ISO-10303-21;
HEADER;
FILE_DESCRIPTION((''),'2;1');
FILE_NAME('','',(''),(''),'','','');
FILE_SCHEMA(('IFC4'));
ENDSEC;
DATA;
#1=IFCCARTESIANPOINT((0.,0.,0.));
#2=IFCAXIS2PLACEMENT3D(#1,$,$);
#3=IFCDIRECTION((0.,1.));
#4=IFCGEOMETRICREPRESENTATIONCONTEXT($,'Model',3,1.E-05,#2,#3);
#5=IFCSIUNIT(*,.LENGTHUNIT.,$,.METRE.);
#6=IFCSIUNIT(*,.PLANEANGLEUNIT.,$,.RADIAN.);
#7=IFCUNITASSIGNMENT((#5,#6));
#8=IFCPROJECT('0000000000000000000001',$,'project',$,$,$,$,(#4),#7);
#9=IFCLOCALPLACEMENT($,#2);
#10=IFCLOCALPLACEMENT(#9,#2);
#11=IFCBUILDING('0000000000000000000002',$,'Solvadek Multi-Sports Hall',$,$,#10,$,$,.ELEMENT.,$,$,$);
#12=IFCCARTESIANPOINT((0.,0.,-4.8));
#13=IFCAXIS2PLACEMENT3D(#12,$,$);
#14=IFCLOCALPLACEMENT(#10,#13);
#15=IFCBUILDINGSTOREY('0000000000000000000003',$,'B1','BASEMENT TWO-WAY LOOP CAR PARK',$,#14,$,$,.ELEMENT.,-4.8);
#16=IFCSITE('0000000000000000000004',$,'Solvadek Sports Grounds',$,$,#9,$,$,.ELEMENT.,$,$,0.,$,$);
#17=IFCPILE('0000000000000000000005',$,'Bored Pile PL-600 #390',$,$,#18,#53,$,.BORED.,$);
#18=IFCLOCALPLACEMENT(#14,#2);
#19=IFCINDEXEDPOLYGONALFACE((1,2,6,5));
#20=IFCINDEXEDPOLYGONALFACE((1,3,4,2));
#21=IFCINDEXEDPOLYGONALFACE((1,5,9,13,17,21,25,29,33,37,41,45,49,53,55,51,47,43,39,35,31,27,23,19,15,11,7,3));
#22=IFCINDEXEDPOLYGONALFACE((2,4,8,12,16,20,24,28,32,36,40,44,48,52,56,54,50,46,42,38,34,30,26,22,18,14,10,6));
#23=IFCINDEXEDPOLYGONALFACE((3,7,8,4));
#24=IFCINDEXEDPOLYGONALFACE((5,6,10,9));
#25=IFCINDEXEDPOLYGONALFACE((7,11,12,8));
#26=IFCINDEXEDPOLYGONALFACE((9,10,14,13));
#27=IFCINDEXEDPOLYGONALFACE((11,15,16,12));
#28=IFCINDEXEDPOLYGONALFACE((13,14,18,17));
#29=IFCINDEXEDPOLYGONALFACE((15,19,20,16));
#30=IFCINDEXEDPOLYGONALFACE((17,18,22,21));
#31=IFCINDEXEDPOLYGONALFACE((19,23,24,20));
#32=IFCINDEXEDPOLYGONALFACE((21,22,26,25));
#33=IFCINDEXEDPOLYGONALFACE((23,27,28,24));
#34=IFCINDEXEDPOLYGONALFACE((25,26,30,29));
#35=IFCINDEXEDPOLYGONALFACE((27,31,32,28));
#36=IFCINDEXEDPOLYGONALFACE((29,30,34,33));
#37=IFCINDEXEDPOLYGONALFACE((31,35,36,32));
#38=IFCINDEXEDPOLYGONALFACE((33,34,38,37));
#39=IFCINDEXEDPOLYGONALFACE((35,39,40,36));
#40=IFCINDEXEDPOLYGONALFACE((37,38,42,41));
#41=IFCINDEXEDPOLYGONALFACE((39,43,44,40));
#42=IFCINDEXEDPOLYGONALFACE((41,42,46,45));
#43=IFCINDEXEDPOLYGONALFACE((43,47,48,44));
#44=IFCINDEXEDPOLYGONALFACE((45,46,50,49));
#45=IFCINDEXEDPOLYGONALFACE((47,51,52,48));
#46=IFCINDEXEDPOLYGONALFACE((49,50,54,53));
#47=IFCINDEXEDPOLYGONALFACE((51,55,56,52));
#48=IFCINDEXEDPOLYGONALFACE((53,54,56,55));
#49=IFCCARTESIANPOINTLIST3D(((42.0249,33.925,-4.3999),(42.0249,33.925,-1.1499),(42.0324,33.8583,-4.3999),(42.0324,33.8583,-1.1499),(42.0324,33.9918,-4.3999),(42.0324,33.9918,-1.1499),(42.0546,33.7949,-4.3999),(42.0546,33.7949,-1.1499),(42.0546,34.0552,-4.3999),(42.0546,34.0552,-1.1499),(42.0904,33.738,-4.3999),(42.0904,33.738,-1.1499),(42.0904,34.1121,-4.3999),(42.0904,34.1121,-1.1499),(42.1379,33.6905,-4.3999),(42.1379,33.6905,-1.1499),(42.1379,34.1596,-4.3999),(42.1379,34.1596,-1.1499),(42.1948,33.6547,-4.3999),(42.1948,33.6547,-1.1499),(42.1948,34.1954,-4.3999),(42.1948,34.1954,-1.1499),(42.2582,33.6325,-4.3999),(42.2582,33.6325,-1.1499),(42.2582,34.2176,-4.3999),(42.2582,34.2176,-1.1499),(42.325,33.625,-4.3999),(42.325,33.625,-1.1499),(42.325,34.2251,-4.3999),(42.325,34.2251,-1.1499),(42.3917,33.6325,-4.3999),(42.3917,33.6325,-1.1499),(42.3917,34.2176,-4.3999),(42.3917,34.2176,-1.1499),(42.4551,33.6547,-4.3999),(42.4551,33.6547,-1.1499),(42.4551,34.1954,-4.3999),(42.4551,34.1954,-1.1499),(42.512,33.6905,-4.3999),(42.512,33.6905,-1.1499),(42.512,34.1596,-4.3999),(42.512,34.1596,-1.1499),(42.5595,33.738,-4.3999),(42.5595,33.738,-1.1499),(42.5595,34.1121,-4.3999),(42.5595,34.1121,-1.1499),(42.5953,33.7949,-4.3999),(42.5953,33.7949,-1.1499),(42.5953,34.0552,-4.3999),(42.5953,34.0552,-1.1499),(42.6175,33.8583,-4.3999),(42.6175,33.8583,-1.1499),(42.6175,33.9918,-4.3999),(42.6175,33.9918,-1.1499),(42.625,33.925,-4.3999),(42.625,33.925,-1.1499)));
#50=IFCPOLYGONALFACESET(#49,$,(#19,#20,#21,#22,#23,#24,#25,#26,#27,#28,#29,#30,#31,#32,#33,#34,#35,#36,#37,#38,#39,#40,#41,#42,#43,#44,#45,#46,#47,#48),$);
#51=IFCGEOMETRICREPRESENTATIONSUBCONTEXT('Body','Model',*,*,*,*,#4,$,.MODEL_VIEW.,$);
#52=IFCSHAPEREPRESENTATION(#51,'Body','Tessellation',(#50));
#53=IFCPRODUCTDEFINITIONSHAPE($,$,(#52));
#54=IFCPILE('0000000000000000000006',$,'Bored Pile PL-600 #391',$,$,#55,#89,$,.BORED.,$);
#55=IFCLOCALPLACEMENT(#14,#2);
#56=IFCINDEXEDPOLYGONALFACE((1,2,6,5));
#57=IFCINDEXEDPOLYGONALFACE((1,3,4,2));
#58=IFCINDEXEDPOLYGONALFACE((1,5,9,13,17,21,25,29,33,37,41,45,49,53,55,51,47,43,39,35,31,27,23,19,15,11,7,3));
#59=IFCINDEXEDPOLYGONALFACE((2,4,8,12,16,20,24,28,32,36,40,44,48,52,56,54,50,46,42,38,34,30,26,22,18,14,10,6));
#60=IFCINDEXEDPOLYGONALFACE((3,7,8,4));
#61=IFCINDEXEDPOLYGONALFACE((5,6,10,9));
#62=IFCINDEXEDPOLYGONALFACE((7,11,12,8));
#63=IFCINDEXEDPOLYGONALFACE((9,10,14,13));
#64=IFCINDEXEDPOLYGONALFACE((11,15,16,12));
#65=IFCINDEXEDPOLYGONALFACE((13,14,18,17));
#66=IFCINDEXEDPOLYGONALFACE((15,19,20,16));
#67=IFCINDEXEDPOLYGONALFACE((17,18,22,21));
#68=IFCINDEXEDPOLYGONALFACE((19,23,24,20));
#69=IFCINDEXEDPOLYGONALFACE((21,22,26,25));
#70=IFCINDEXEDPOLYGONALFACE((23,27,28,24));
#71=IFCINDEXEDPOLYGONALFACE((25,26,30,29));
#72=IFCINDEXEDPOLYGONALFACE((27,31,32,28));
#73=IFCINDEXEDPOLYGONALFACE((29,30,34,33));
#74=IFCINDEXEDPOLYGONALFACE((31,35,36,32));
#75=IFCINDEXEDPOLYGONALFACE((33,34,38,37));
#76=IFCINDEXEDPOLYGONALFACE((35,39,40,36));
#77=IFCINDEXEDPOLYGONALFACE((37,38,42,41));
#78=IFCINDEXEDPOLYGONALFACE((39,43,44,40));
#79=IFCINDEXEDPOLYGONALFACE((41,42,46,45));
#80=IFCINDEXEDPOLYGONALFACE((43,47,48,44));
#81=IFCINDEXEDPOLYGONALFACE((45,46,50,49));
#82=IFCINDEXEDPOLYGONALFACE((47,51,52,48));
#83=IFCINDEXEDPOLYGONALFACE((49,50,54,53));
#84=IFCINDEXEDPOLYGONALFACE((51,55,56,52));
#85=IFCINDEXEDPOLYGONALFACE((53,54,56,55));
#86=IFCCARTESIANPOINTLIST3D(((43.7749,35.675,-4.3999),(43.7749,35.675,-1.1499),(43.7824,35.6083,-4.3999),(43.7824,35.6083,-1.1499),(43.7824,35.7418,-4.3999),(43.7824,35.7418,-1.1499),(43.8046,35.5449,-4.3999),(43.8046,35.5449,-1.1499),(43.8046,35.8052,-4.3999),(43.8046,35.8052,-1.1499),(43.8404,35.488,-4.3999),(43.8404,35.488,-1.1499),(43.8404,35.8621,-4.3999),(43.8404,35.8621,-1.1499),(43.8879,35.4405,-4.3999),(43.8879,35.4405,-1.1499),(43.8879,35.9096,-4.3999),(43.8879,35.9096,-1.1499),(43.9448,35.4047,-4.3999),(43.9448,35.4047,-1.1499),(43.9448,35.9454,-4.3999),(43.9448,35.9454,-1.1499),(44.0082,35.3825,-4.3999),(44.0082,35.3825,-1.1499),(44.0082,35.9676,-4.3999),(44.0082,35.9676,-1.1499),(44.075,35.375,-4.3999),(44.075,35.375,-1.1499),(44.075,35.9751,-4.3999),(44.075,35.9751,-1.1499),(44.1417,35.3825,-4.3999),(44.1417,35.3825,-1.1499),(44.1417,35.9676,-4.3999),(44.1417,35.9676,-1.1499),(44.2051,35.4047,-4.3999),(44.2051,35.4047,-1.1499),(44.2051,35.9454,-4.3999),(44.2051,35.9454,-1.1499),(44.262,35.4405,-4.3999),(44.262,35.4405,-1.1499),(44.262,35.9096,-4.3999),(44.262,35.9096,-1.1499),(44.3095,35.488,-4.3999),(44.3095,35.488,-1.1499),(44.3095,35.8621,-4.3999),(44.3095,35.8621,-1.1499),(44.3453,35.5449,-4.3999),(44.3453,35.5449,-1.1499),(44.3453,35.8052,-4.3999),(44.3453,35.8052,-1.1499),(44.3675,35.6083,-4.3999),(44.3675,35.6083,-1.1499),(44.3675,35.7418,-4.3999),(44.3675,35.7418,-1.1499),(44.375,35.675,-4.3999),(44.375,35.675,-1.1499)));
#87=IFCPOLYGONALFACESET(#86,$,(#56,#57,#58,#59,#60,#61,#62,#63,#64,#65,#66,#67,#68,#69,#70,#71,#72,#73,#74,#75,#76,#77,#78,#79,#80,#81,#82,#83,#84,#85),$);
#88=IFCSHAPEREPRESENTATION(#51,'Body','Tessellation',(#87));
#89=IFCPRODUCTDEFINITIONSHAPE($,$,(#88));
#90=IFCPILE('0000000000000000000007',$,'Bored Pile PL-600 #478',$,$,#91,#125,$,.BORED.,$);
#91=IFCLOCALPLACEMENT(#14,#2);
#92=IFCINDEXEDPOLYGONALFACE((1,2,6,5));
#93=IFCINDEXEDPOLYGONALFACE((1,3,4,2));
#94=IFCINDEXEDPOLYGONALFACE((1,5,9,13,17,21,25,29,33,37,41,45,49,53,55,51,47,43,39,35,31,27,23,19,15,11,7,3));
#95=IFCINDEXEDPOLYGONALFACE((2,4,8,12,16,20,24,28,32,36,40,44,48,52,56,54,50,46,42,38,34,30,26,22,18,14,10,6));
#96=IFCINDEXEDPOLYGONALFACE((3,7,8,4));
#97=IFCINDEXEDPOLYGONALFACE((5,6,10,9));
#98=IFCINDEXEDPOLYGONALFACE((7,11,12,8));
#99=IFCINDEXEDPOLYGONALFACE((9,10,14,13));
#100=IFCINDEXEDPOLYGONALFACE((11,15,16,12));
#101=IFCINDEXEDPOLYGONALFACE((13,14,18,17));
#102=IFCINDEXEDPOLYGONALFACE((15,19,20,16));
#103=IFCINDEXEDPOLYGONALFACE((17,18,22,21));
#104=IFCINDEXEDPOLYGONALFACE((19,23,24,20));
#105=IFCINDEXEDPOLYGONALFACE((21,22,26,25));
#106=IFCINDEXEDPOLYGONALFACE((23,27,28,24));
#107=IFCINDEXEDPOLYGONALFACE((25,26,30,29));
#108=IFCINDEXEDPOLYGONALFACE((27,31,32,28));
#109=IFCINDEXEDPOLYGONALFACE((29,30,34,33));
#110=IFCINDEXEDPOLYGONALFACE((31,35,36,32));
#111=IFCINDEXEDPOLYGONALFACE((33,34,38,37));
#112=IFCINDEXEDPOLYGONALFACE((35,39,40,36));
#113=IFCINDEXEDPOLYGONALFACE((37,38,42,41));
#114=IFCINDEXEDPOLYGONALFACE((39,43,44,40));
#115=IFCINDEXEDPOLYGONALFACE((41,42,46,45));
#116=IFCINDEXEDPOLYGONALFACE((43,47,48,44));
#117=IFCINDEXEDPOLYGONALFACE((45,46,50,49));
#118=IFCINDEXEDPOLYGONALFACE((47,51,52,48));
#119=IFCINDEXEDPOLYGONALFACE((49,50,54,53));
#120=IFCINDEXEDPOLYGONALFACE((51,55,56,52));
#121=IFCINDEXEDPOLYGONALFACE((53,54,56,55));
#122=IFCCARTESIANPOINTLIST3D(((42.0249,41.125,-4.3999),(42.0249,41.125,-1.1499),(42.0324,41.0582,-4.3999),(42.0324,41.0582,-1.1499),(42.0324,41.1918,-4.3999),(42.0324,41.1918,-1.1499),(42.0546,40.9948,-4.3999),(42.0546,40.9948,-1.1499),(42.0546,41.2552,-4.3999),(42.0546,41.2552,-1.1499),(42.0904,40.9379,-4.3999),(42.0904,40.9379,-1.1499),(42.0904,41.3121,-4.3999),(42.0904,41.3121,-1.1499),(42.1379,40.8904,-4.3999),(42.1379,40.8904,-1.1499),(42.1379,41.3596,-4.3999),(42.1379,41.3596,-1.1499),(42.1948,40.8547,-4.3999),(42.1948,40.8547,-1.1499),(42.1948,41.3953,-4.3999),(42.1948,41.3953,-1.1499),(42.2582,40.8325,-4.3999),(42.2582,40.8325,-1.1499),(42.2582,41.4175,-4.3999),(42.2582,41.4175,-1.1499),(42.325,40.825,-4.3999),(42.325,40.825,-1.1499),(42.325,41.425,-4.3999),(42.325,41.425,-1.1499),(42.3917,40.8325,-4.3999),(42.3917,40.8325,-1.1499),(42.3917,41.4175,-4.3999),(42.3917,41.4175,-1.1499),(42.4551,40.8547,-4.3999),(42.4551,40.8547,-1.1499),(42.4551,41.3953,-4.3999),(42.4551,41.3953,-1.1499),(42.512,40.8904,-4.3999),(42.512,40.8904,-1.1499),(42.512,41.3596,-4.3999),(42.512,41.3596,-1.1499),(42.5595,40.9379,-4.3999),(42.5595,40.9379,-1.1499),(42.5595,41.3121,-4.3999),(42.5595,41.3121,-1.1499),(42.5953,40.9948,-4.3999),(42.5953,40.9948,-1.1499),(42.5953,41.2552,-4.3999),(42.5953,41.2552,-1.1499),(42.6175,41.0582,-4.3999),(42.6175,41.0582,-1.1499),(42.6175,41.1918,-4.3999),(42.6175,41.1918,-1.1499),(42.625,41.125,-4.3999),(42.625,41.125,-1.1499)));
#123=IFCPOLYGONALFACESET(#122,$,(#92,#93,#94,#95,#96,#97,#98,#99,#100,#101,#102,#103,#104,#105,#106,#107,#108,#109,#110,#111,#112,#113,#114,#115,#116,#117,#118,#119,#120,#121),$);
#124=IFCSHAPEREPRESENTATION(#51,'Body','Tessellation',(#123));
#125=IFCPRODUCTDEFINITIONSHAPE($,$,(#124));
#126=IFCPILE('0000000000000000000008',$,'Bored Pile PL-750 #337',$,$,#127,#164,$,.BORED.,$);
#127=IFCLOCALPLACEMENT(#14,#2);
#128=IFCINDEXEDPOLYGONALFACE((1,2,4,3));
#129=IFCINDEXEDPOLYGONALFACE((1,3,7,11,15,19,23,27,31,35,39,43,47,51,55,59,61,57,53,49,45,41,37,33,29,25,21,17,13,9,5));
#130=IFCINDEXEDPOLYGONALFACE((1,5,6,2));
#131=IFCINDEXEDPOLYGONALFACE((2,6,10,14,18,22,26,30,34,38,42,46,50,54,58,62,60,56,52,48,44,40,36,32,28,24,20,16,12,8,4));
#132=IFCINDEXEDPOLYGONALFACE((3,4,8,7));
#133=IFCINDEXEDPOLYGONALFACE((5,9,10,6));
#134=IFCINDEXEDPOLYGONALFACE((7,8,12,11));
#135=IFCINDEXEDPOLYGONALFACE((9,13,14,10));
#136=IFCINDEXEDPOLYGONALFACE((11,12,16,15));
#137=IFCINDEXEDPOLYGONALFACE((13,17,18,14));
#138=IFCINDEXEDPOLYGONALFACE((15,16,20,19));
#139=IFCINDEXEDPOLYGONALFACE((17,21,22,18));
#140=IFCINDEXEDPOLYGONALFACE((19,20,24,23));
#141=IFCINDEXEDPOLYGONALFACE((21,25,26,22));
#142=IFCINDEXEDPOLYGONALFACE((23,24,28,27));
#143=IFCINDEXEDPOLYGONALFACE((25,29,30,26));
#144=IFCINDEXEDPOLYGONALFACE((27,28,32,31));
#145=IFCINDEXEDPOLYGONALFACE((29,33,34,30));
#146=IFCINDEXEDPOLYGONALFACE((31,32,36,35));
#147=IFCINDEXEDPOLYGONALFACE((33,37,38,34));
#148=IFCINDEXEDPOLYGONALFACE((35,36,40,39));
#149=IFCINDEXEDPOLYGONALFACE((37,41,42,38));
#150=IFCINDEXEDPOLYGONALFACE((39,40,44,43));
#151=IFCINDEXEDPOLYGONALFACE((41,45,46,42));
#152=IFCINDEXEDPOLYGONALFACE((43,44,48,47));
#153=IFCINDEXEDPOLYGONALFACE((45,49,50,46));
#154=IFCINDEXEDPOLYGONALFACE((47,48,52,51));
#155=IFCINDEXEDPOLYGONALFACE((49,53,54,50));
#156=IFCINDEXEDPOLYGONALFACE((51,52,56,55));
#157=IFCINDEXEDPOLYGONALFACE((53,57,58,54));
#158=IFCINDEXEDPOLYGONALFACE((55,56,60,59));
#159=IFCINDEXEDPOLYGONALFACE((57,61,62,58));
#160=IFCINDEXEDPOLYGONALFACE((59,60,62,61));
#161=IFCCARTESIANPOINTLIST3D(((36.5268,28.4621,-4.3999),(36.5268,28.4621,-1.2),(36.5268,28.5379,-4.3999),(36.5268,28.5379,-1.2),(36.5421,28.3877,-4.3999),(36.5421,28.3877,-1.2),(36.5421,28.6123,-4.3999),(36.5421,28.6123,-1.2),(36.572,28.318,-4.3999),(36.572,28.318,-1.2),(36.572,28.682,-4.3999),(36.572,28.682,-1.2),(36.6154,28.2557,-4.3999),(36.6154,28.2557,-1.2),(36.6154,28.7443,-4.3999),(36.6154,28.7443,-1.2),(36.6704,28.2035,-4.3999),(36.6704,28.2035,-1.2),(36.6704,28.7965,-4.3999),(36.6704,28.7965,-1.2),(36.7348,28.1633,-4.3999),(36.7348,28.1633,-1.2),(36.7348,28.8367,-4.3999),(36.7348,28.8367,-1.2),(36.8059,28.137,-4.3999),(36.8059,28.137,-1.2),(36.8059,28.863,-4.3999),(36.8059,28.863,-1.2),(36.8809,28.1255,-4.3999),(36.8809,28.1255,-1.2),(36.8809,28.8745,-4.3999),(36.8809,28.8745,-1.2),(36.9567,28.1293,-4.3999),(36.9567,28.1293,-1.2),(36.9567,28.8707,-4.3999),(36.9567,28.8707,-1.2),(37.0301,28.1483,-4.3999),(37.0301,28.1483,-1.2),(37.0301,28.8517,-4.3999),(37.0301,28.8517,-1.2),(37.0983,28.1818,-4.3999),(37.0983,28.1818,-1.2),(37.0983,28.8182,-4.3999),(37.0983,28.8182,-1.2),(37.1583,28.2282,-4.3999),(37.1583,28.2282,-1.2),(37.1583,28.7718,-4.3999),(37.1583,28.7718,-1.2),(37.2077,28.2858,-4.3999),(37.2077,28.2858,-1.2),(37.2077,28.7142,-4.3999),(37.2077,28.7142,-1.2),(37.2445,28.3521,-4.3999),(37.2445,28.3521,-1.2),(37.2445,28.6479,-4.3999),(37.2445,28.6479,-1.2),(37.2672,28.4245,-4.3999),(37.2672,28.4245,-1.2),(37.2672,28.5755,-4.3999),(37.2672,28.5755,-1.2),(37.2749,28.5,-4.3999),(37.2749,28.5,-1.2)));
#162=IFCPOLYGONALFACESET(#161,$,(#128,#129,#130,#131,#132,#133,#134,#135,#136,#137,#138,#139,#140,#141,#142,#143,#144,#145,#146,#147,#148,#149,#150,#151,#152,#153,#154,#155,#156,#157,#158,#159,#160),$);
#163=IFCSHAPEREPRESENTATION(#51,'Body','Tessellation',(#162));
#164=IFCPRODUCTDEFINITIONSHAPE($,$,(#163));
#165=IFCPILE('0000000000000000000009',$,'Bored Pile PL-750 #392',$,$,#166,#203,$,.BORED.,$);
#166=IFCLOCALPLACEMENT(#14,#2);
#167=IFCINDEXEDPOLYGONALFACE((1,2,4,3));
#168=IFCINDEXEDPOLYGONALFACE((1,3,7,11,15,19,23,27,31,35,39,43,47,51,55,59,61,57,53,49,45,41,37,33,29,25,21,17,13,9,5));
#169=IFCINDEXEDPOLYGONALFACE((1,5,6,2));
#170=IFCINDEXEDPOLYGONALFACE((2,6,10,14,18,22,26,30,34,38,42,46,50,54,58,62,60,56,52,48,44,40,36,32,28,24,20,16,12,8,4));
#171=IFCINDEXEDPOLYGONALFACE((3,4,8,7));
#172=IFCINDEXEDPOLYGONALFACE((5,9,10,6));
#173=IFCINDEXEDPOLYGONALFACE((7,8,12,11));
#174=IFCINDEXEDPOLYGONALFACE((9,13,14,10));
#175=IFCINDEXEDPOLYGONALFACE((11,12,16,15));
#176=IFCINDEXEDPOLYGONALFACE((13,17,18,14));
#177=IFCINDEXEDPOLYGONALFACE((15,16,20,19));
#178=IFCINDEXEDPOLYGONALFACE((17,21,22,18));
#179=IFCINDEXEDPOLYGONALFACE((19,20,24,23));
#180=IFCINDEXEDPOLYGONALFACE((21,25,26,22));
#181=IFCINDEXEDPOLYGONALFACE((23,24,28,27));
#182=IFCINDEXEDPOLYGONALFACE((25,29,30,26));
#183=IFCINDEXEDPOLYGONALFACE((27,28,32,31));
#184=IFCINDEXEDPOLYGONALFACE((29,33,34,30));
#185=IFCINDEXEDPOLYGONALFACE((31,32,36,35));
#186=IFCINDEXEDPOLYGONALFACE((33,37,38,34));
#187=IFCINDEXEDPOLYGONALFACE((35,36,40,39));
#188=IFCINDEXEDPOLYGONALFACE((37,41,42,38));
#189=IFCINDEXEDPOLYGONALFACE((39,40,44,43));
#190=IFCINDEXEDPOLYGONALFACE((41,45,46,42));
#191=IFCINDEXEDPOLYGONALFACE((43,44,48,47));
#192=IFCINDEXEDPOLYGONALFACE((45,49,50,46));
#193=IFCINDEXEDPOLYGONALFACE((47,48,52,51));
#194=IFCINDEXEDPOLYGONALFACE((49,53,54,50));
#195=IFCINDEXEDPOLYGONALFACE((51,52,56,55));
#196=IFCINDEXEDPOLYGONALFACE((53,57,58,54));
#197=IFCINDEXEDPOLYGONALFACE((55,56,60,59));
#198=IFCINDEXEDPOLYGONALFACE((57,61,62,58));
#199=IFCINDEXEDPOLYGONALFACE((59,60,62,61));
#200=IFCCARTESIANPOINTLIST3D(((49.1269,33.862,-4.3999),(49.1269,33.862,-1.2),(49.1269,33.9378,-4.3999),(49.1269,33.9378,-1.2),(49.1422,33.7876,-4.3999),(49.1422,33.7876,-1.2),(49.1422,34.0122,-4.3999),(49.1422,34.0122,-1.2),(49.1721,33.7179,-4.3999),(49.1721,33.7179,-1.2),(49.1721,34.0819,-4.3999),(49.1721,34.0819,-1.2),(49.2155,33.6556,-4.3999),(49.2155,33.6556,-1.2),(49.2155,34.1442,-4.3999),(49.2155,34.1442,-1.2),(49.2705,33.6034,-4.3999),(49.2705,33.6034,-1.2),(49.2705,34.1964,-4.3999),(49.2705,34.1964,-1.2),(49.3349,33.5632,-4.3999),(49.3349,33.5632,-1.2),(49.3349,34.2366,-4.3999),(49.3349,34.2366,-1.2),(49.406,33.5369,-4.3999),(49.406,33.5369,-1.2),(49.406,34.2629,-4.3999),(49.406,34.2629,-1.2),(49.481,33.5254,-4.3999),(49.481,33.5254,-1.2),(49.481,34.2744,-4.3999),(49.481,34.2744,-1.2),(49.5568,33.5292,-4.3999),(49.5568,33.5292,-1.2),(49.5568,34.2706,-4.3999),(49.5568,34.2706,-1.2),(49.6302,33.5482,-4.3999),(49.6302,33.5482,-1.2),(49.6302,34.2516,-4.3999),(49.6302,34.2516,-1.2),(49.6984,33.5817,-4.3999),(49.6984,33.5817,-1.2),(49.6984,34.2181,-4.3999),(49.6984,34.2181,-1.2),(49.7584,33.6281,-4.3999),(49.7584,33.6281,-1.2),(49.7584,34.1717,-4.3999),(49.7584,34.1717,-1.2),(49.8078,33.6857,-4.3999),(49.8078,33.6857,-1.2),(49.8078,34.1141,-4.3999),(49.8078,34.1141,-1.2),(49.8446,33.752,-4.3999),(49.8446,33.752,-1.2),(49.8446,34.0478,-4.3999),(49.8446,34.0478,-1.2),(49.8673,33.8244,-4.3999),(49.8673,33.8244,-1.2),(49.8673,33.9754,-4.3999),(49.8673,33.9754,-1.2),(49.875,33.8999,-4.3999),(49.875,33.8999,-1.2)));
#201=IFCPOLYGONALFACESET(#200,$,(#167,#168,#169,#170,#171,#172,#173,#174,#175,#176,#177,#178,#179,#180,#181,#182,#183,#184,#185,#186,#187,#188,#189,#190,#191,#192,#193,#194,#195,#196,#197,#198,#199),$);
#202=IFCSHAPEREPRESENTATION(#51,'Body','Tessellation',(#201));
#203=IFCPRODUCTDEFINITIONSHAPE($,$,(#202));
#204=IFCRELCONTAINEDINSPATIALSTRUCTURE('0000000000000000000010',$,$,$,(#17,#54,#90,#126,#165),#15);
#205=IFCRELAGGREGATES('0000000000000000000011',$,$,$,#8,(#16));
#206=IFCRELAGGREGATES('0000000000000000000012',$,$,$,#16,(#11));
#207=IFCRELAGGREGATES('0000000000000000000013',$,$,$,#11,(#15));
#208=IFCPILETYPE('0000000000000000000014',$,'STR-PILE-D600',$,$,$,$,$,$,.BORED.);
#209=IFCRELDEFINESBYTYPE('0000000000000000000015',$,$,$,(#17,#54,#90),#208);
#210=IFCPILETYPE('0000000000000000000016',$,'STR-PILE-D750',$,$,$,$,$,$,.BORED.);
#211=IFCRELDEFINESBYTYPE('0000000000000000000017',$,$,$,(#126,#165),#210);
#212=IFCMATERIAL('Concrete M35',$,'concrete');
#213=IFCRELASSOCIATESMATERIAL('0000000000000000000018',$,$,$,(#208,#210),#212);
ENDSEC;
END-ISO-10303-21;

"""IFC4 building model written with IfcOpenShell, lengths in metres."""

from ifc_helpers import new_model, si_unit, direction, frame, origin, origin_2d, place, context, subcontext, project, spatial, circle, extrude, material, material_profile, profile_set, type_object, element, save


model = new_model("IFC4")

# Units and contexts
model_context = context("Model", 3, precision=1e-05, world=origin(), true_north=direction((0.0, 1.0)))
body_context = subcontext(model_context, "Body", "Model", "MODEL_VIEW")
ifc_project = project(units=[si_unit("LENGTHUNIT", "METRE"), si_unit("PLANEANGLEUNIT", "RADIAN")], contexts=[model_context])

# Site, building, storey
site_placement = place(None, origin())
site = spatial("IfcSite", under=ifc_project, at=site_placement, Name="Solvadek Sports Grounds", CompositionType="ELEMENT", RefElevation=0.0)
building_placement = place(site_placement, origin())
building = spatial("IfcBuilding", under=site, at=building_placement, Name="Solvadek Multi-Sports Hall", CompositionType="ELEMENT")
storey_placement = place(building_placement, frame((0.0, 0.0, -4.8)))
storey = spatial("IfcBuildingStorey", under=building, at=storey_placement, Name="B1", Description="BASEMENT TWO-WAY LOOP CAR PARK", CompositionType="ELEMENT", Elevation=-4.8)

# Piles
ifc_material_1 = material(Name="Concrete M35", Category="concrete")
ifc_material_profile_1 = material_profile(ifc_material_1, circle(Radius=0.3, at=origin_2d()), Name="BORED PILE D600")
ifc_profile_set_1 = profile_set([ifc_material_profile_1], Name="Concrete M35")
pile_type_1 = type_object("IfcPileType", Name="STR-PILE-D600", PredefinedType="BORED", material=ifc_profile_set_1)
for number, where, z_axis, x_axis, name in (
    (1, (42.325, 33.925, -1.1499), (0.0, 0.0, -1.0), (1.0, 0.0, 0.0), "Bored Pile PL-600 #390"),
    (2, (44.075, 35.675, -1.1499), (0.0, 0.0, -1.0), (1.0, 0.0, 0.0), "Bored Pile PL-600 #391"),
    (3, (42.325, 41.125, -1.1499), (0.0, 0.0, -1.0), (1.0, 0.0, 0.0), "Bored Pile PL-600 #478"),
):
    element("IfcPile", number, at=place(storey_placement, frame(where, z_axis=z_axis, x_axis=x_axis)), inside=storey, type_object=pile_type_1, Name=name, PredefinedType="BORED", context=body_context, shape_type="SweptSolid", body=[
        extrude(circle(Radius=0.3, at=origin_2d()), origin(), (0.0, 0.0, 1.0), 3.25),
    ])
ifc_material_profile_2 = material_profile(ifc_material_1, circle(Radius=0.375, at=origin_2d()), Name="BORED PILE D750")
ifc_profile_set_2 = profile_set([ifc_material_profile_2], Name="Concrete M35")
pile_type_2 = type_object("IfcPileType", Name="STR-PILE-D750", PredefinedType="BORED", material=ifc_profile_set_2)
for number, where, z_axis, x_axis, name in (
    (4, (36.8999, 28.5, -1.2), (0.0, 0.0, -1.0), (1.0, 0.0, 0.0), "Bored Pile PL-750 #337"),
    (5, (49.5, 33.8999, -1.2), (0.0, 0.0, -1.0), (1.0, 0.0, 0.0), "Bored Pile PL-750 #392"),
):
    element("IfcPile", number, at=place(storey_placement, frame(where, z_axis=z_axis, x_axis=x_axis)), inside=storey, type_object=pile_type_2, Name=name, PredefinedType="BORED", context=body_context, shape_type="SweptSolid", body=[
        extrude(circle(Radius=0.375, at=origin_2d()), origin(), (0.0, 0.0, 1.0), 3.2),
    ])

save(model, "model.ifc")
